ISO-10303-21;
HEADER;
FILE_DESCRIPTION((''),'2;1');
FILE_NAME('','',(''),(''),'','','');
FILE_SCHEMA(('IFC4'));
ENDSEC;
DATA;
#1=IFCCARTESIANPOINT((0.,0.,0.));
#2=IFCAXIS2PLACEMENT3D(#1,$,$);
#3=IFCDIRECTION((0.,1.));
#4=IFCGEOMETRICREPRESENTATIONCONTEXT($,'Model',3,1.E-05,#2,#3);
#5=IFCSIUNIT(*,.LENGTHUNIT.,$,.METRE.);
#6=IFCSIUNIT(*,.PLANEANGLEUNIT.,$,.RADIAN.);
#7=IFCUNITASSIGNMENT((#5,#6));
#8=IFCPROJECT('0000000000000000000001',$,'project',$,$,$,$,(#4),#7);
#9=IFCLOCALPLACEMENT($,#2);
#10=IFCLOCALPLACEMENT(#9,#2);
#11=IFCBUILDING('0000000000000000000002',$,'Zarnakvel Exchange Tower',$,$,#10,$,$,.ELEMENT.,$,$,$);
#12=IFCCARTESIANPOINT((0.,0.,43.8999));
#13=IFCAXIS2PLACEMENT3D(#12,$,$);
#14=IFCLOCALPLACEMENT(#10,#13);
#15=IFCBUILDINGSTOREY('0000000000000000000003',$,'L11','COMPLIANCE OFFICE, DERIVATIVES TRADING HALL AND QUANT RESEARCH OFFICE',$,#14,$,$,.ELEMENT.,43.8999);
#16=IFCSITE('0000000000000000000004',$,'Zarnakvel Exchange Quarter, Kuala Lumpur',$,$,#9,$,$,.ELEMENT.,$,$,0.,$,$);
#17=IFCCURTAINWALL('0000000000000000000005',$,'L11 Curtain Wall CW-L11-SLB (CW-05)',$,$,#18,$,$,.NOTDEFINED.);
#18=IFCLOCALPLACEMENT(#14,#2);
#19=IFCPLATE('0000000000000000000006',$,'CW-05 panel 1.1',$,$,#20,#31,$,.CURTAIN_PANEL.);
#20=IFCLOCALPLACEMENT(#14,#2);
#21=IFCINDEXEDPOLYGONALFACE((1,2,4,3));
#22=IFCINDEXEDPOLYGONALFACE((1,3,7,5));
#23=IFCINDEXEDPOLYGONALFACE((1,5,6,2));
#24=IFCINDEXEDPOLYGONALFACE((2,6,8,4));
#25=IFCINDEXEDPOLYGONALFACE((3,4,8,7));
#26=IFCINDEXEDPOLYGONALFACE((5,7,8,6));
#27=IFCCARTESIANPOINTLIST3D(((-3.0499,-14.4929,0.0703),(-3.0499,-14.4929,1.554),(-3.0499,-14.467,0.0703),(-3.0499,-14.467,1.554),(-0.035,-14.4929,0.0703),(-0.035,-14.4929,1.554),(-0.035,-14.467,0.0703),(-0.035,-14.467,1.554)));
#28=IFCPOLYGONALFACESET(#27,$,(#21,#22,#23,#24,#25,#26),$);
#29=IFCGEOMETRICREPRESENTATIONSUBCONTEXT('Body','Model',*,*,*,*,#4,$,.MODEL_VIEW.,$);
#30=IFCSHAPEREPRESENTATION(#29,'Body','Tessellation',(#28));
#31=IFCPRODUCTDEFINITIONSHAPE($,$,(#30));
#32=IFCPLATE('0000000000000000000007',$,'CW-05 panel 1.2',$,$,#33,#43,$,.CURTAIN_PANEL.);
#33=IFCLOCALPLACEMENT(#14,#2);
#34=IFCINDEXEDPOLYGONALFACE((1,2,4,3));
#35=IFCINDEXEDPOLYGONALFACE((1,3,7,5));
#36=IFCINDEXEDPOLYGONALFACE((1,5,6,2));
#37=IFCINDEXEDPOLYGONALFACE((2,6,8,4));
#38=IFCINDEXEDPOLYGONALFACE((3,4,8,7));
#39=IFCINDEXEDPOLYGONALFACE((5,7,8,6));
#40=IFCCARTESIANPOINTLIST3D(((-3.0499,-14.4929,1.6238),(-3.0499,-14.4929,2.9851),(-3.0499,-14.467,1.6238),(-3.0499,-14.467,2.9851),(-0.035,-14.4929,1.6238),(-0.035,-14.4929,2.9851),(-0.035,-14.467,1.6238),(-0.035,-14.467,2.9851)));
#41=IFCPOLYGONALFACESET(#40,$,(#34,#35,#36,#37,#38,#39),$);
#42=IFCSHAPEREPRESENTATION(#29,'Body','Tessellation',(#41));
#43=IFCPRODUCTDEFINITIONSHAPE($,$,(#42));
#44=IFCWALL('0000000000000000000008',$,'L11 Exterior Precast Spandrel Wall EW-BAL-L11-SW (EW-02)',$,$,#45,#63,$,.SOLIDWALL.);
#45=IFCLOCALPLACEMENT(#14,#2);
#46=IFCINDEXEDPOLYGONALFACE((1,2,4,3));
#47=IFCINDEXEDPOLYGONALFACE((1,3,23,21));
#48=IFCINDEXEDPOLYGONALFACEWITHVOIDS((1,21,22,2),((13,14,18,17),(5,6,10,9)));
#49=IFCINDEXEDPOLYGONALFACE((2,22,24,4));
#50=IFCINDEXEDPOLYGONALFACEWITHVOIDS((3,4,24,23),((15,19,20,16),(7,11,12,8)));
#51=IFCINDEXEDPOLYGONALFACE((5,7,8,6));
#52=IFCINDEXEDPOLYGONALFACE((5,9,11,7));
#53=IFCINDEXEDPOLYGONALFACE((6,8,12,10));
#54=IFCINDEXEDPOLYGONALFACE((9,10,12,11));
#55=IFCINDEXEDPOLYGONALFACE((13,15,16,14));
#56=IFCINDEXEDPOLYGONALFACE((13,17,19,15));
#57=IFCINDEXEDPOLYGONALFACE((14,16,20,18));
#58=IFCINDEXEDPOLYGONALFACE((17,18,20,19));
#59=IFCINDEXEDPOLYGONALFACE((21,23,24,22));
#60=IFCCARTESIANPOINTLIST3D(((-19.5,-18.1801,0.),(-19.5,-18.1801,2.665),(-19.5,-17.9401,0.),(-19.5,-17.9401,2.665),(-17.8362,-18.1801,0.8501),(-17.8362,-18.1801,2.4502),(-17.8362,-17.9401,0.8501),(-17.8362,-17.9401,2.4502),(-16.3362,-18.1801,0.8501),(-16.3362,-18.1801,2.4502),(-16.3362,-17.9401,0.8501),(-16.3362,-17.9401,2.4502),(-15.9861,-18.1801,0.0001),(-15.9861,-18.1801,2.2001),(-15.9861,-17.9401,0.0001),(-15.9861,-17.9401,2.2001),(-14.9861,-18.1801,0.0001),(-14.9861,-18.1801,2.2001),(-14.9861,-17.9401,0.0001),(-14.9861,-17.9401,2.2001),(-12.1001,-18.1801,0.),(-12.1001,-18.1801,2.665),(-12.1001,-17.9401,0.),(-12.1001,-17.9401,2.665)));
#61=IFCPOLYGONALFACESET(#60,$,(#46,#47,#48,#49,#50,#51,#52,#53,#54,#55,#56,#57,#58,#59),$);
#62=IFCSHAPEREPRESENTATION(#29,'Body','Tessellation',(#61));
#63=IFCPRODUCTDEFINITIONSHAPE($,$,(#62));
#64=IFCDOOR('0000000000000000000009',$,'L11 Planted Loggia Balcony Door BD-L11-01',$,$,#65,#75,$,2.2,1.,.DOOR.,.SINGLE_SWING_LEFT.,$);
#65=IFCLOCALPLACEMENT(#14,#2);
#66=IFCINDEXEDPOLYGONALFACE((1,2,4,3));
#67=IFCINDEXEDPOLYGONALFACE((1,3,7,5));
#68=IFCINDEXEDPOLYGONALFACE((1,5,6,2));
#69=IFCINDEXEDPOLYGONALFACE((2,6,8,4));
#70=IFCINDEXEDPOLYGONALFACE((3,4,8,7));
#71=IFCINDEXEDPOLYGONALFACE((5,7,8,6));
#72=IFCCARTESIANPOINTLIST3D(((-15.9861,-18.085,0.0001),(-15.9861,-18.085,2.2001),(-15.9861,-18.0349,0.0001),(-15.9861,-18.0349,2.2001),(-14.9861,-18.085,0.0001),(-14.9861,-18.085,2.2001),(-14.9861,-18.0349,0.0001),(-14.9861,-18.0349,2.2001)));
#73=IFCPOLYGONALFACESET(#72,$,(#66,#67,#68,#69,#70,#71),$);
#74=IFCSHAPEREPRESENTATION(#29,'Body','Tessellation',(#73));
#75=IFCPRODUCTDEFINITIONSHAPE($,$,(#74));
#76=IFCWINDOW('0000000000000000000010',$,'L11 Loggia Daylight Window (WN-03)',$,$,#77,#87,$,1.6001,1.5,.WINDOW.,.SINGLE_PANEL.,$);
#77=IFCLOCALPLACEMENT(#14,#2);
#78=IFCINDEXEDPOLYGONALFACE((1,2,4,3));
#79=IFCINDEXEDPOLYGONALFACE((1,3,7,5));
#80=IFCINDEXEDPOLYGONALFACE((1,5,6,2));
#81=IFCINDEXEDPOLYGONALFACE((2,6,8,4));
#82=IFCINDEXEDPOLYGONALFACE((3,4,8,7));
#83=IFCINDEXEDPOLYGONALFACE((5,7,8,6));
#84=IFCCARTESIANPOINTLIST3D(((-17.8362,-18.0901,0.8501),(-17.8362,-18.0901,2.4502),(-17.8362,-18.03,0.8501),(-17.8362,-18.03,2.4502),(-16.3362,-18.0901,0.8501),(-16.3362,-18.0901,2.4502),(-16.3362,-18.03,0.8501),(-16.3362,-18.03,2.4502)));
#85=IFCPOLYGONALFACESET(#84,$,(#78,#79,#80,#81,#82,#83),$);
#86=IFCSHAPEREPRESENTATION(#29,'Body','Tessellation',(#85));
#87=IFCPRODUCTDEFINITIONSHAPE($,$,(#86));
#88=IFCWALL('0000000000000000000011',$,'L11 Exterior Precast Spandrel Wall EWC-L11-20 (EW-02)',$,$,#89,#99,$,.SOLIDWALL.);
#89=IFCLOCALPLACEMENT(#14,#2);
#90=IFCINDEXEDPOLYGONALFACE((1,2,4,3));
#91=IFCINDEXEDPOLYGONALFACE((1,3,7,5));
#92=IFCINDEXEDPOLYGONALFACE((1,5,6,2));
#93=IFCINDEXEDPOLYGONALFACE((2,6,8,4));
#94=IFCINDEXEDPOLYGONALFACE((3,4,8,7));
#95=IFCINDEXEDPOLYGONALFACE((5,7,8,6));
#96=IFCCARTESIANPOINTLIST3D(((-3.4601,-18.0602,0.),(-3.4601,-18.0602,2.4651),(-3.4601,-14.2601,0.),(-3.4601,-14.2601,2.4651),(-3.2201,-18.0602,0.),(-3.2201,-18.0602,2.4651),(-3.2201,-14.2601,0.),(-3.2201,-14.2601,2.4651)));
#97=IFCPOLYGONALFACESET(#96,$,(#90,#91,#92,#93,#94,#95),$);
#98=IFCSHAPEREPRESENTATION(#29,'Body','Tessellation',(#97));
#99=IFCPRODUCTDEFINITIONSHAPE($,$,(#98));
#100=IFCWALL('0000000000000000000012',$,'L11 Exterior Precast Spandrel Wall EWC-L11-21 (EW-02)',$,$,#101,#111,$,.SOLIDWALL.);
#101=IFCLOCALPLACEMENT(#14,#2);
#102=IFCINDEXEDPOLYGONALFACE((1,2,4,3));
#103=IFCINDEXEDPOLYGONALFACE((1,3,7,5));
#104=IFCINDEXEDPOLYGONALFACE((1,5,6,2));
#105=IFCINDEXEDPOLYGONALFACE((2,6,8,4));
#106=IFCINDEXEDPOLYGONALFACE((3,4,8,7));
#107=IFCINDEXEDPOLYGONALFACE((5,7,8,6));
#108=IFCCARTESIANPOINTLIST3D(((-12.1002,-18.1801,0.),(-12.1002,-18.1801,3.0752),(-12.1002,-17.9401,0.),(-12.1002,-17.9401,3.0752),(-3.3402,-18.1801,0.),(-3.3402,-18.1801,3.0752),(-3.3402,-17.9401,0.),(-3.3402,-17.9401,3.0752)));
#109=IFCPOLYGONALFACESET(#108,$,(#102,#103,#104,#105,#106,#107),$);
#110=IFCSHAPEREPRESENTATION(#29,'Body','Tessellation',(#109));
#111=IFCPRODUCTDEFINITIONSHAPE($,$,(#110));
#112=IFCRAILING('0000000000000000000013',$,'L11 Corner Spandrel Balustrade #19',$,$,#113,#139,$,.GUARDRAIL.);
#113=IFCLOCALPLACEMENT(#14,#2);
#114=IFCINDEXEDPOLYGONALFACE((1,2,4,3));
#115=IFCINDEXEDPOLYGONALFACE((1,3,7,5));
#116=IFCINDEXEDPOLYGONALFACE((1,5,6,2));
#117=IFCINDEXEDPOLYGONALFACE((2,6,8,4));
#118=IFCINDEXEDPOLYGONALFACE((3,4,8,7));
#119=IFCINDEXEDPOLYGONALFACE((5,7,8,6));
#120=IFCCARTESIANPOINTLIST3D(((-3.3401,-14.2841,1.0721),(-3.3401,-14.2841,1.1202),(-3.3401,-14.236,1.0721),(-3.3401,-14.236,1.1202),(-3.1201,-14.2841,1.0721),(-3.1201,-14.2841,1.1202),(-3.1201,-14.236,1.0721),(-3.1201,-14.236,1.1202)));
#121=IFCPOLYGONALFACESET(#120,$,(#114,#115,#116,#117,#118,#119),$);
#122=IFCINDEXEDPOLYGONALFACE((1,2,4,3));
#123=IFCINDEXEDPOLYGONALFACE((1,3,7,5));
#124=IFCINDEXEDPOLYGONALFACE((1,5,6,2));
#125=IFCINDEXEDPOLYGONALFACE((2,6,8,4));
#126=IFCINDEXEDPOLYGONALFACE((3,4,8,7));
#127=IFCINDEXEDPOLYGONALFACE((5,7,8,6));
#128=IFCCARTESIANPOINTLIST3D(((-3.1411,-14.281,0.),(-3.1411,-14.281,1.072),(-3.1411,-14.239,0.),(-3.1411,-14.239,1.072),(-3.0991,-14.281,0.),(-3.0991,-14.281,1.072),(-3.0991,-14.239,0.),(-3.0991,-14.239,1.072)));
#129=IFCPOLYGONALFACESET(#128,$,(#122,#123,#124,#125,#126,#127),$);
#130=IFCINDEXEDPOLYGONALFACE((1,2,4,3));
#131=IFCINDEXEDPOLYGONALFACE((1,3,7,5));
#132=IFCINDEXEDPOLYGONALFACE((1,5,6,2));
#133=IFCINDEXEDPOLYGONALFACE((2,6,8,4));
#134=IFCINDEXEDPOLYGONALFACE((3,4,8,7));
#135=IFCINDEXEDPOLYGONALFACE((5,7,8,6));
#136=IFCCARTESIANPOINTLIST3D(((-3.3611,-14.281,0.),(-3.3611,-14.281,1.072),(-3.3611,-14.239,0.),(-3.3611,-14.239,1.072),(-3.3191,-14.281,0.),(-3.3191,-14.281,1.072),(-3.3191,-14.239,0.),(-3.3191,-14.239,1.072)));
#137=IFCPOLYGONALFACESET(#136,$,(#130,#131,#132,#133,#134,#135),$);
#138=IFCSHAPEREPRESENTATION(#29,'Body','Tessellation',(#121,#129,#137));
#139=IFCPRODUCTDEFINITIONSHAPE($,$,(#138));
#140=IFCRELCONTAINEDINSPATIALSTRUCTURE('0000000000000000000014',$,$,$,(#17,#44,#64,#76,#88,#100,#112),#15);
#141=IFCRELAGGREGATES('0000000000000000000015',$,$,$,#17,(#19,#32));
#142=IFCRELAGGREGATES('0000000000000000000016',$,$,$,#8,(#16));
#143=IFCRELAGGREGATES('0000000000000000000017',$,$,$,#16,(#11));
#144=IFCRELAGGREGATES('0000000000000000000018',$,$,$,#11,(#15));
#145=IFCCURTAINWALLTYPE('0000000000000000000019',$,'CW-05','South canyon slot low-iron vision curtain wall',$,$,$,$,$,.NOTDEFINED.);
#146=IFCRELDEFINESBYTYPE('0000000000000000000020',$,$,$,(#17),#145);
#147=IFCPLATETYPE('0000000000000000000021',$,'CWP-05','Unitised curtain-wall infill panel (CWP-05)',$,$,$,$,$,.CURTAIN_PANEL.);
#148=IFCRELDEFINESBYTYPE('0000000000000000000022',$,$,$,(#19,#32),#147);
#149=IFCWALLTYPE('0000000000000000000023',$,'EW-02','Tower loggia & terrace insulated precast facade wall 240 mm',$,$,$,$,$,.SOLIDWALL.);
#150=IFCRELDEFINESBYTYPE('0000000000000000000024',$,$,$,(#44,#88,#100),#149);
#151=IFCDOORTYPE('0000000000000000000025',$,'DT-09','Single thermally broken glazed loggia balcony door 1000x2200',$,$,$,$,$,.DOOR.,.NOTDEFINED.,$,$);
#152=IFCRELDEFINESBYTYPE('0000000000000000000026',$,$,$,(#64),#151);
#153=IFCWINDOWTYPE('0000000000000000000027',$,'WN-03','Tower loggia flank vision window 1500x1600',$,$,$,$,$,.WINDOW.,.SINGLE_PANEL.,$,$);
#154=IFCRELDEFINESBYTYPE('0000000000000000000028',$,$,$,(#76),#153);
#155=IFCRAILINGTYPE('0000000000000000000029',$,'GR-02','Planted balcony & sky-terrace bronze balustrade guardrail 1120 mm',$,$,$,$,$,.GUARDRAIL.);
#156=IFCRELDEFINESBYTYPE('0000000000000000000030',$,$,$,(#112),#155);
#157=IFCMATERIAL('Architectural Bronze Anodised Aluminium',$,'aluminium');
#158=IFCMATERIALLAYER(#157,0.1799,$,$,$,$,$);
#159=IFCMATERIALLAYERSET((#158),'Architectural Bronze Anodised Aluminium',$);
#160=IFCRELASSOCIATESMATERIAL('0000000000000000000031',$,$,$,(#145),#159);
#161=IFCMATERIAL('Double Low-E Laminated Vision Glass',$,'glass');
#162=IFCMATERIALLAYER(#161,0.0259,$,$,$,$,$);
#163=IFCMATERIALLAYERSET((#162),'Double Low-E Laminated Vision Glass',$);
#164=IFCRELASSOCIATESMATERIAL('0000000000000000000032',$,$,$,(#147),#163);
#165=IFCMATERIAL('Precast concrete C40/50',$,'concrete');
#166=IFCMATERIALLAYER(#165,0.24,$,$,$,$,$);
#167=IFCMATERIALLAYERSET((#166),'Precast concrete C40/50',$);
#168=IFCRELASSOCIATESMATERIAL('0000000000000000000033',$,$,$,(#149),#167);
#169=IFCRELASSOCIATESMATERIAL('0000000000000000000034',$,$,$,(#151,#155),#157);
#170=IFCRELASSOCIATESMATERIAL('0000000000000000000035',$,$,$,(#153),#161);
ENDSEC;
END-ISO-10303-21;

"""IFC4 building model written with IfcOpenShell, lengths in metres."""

from ifc_helpers import new_model, si_unit, direction, frame, frame_2d, origin, origin_2d, place, context, subcontext, project, spatial, rectangle, extrude, source, transform, mapped, material, layer, layer_set, type_object, element, fill, aggregate, save


model = new_model("IFC4")

# Units and contexts
model_context = context("Model", 3, precision=1e-05, world=origin(), true_north=direction((0.0, 1.0)))
body_context = subcontext(model_context, "Body", "Model", "MODEL_VIEW")
ifc_project = project(units=[si_unit("LENGTHUNIT", "METRE"), si_unit("PLANEANGLEUNIT", "RADIAN")], contexts=[model_context])

# Site, building, storey
site_placement = place(None, origin())
site = spatial("IfcSite", under=ifc_project, at=site_placement, Name="Zarnakvel Exchange Quarter, Kuala Lumpur", CompositionType="ELEMENT", RefElevation=0.0)
building_placement = place(site_placement, origin())
building = spatial("IfcBuilding", under=site, at=building_placement, Name="Zarnakvel Exchange Tower", CompositionType="ELEMENT")
storey_placement = place(building_placement, frame((0.0, 0.0, 43.8999)))
storey = spatial("IfcBuildingStorey", under=building, at=storey_placement, Name="L11", Description="COMPLIANCE OFFICE, DERIVATIVES TRADING HALL AND QUANT RESEARCH OFFICE", CompositionType="ELEMENT", Elevation=43.8999)

# Curtain wall
ifc_material_1 = material(Name="Architectural Bronze Anodised Aluminium", Category="aluminium")
ifc_layer_1 = layer(ifc_material_1, 0.1799)
ifc_layer_set_1 = layer_set([ifc_layer_1], Name="Architectural Bronze Anodised Aluminium")
curtain_wall_type = type_object("IfcCurtainWallType", Name="CW-05", Description="South canyon slot low-iron vision curtain wall", PredefinedType="NOTDEFINED", material=ifc_layer_set_1)
curtain_wall_1_placement = place(storey_placement, origin())
curtain_wall_1 = element("IfcCurtainWall", 1, at=curtain_wall_1_placement, inside=storey, type_object=curtain_wall_type, Name="L11 Curtain Wall CW-L11-SLB (CW-05)", PredefinedType="NOTDEFINED")

# Plates
ifc_material_2 = material(Name="Double Low-E Laminated Vision Glass", Category="glass")
ifc_layer_2 = layer(ifc_material_2, 0.0259)
ifc_layer_set_2 = layer_set([ifc_layer_2], Name="Double Low-E Laminated Vision Glass")
plate_type = type_object("IfcPlateType", Name="CWP-05", Description="Unitised curtain-wall infill panel (CWP-05)", PredefinedType="CURTAIN_PANEL", material=ifc_layer_set_2)
shared_shape_1 = source(origin(), body_context, "Body", "SweptSolid", [
    extrude(rectangle(XDim=3.0149, YDim=0.0259, at=origin_2d()), origin(), (0.0, 0.0, 1.0), 1.4836),
])
plate_1_placement = place(storey_placement, frame((-1.5425, -14.48, 0.0703), z_axis=(0.0, 0.0, 1.0), x_axis=(1.0, 0.0, 0.0)))
plate_1 = element("IfcPlate", 2, at=plate_1_placement, type_object=plate_type, Name="CW-05 panel 1.1", PredefinedType="CURTAIN_PANEL", context=body_context, shape_type="MappedRepresentation", body=[
    mapped(shared_shape_1, transform((0.0, 0.0, 0.0), x_axis=(1.0, 0.0, 0.0), y_axis=(0.0, 1.0, 0.0), z_axis=(0.0, 0.0, 1.0), scale=1.0)),
])
shared_shape_2 = source(origin(), body_context, "Body", "SweptSolid", [
    extrude(rectangle(XDim=3.0149, YDim=0.0259, at=origin_2d()), origin(), (0.0, 0.0, 1.0), 1.3613),
])
plate_2_placement = place(storey_placement, frame((-1.5425, -14.48, 1.6238), z_axis=(0.0, 0.0, 1.0), x_axis=(1.0, 0.0, 0.0)))
plate_2 = element("IfcPlate", 3, at=plate_2_placement, type_object=plate_type, Name="CW-05 panel 1.2", PredefinedType="CURTAIN_PANEL", context=body_context, shape_type="MappedRepresentation", body=[
    mapped(shared_shape_2, transform((0.0, 0.0, 0.0), x_axis=(1.0, 0.0, 0.0), y_axis=(0.0, 1.0, 0.0), z_axis=(0.0, 0.0, 1.0), scale=1.0)),
])
aggregate(curtain_wall_1, [plate_1, plate_2])

# Wall, openings, door, window
ifc_material_3 = material(Name="Precast concrete C40/50", Category="concrete")
ifc_layer_3 = layer(ifc_material_3, 0.24)
ifc_layer_set_3 = layer_set([ifc_layer_3], Name="Precast concrete C40/50")
wall_type = type_object("IfcWallType", Name="EW-02", Description="Tower loggia & terrace insulated precast facade wall 240 mm", PredefinedType="SOLIDWALL", material=ifc_layer_set_3)
wall_1_placement = place(storey_placement, frame((-12.1001, -18.0601, 0.0), z_axis=(0.0, 0.0, 1.0), x_axis=(-1.0, 0.0, 0.0)))
wall_1 = element("IfcWall", 4, at=wall_1_placement, inside=storey, type_object=wall_type, Name="L11 Exterior Precast Spandrel Wall EW-BAL-L11-SW (EW-02)", PredefinedType="SOLIDWALL", context=body_context, shape_type="SweptSolid", body=[
    extrude(rectangle(XDim=7.3999, YDim=0.24, at=frame_2d((3.7, 0.0))), origin(), (0.0, 0.0, 1.0), 2.665),
])
opening_1_placement = place(wall_1_placement, frame((2.886, 0.0, 0.0)))
opening_1 = element("IfcOpeningElement", 5, at=opening_1_placement, cuts=wall_1, PredefinedType="OPENING", context=body_context, shape_type="SweptSolid", body=[
    extrude(rectangle(XDim=1.0, YDim=2.2, at=frame_2d((0.5, 1.1001))), frame((0.0, 0.1299, 0.0), z_axis=(0.0, -1.0, 0.0), x_axis=(1.0, 0.0, 0.0)), (0.0, 0.0, 1.0), 0.26),
])
opening_2_placement = place(wall_1_placement, frame((4.2361, 0.0, 0.8501)))
opening_2 = element("IfcOpeningElement", 6, at=opening_2_placement, cuts=wall_1, PredefinedType="OPENING", context=body_context, shape_type="SweptSolid", body=[
    extrude(rectangle(XDim=1.5, YDim=1.6001, at=frame_2d((0.75, 0.8))), frame((0.0, 0.1299, 0.0), z_axis=(0.0, -1.0, 0.0), x_axis=(1.0, 0.0, 0.0)), (0.0, 0.0, 1.0), 0.26),
])
door_type = type_object("IfcDoorType", Name="DT-09", Description="Single thermally broken glazed loggia balcony door 1000x2200", OperationType="NOTDEFINED", PredefinedType="DOOR", material=ifc_material_1)
shared_shape_3 = source(origin(), body_context, "Body", "SweptSolid", [
    extrude(rectangle(XDim=1.0, YDim=2.2, at=frame_2d((0.5, 1.1001))), frame((0.0, 0.0249, 0.0), z_axis=(0.0, -1.0, 0.0), x_axis=(1.0, 0.0, 0.0)), (0.0, 0.0, 1.0), 0.05),
])
door_placement = place(opening_1_placement, origin())
door = element("IfcDoor", 7, at=door_placement, inside=storey, type_object=door_type, Name="L11 Planted Loggia Balcony Door BD-L11-01", OperationType="SINGLE_SWING_LEFT", OverallHeight=2.2, OverallWidth=1.0, PredefinedType="DOOR", context=body_context, shape_type="MappedRepresentation", body=[
    mapped(shared_shape_3, transform((0.0, 0.0, 0.0), x_axis=(1.0, 0.0, 0.0), y_axis=(0.0, 1.0, 0.0), z_axis=(0.0, 0.0, 1.0), scale=1.0)),
])
fill(opening_1, door)
window_type = type_object("IfcWindowType", Name="WN-03", Description="Tower loggia flank vision window 1500x1600", PartitioningType="SINGLE_PANEL", PredefinedType="WINDOW", material=ifc_material_2)
shared_shape_4 = source(origin(), body_context, "Body", "SweptSolid", [
    extrude(rectangle(XDim=1.5, YDim=1.6001, at=frame_2d((0.75, 0.8))), frame((0.0, 0.03, 0.0), z_axis=(0.0, -1.0, 0.0), x_axis=(1.0, 0.0, 0.0)), (0.0, 0.0, 1.0), 0.0601),
])
window_placement = place(opening_2_placement, origin())
window = element("IfcWindow", 8, at=window_placement, inside=storey, type_object=window_type, Name="L11 Loggia Daylight Window (WN-03)", OverallHeight=1.6001, OverallWidth=1.5, PartitioningType="SINGLE_PANEL", PredefinedType="WINDOW", context=body_context, shape_type="MappedRepresentation", body=[
    mapped(shared_shape_4, transform((0.0, 0.0, 0.0), x_axis=(1.0, 0.0, 0.0), y_axis=(0.0, 1.0, 0.0), z_axis=(0.0, 0.0, 1.0), scale=1.0)),
])
fill(opening_2, window)

# Walls
wall_2_placement = place(storey_placement, frame((-3.3401, -18.0601, 0.0), z_axis=(0.0, 0.0, 1.0), x_axis=(0.0, 1.0, 0.0)))
element("IfcWall", 9, at=wall_2_placement, inside=storey, type_object=wall_type, Name="L11 Exterior Precast Spandrel Wall EWC-L11-20 (EW-02)", PredefinedType="SOLIDWALL", context=body_context, shape_type="SweptSolid", body=[
    extrude(rectangle(XDim=3.8, YDim=0.24, at=frame_2d((1.8999, 0.0))), origin(), (0.0, 0.0, 1.0), 2.4651),
])
wall_3_placement = place(storey_placement, frame((-12.1001, -18.0601, 0.0), z_axis=(0.0, 0.0, 1.0), x_axis=(1.0, 0.0, 0.0)))
element("IfcWall", 10, at=wall_3_placement, inside=storey, type_object=wall_type, Name="L11 Exterior Precast Spandrel Wall EWC-L11-21 (EW-02)", PredefinedType="SOLIDWALL", context=body_context, shape_type="SweptSolid", body=[
    extrude(rectangle(XDim=8.76, YDim=0.24, at=frame_2d((4.3799, 0.0))), origin(), (0.0, 0.0, 1.0), 3.0752),
])

# Railing
railing_type_1 = type_object("IfcRailingType", Name="GR-02", Description="Planted balcony & sky-terrace bronze balustrade guardrail 1120 mm", PredefinedType="GUARDRAIL", material=ifc_material_1)
railing_1_placement = place(storey_placement, frame((-3.1201, -14.26, 0.0)))
element("IfcRailing", 11, at=railing_1_placement, inside=storey, type_object=railing_type_1, Name="L11 Corner Spandrel Balustrade #19", PredefinedType="GUARDRAIL", context=body_context, shape_type="SweptSolid", body=[
    extrude(rectangle(XDim=0.0481, YDim=0.0481, at=origin_2d()), frame((0.0, 0.0, 1.0962), z_axis=(-1.0, 0.0, 0.0), x_axis=(0.0, -1.0, 0.0)), (0.0, 0.0, 1.0), 0.22),
    extrude(rectangle(XDim=0.042, YDim=0.042, at=origin_2d()), origin(), (0.0, 0.0, 1.0), 1.072),
    extrude(rectangle(XDim=0.042, YDim=0.042, at=origin_2d()), frame((-0.22, 0.0, 0.0)), (0.0, 0.0, 1.0), 1.072),
])

save(model, "model.ifc")
